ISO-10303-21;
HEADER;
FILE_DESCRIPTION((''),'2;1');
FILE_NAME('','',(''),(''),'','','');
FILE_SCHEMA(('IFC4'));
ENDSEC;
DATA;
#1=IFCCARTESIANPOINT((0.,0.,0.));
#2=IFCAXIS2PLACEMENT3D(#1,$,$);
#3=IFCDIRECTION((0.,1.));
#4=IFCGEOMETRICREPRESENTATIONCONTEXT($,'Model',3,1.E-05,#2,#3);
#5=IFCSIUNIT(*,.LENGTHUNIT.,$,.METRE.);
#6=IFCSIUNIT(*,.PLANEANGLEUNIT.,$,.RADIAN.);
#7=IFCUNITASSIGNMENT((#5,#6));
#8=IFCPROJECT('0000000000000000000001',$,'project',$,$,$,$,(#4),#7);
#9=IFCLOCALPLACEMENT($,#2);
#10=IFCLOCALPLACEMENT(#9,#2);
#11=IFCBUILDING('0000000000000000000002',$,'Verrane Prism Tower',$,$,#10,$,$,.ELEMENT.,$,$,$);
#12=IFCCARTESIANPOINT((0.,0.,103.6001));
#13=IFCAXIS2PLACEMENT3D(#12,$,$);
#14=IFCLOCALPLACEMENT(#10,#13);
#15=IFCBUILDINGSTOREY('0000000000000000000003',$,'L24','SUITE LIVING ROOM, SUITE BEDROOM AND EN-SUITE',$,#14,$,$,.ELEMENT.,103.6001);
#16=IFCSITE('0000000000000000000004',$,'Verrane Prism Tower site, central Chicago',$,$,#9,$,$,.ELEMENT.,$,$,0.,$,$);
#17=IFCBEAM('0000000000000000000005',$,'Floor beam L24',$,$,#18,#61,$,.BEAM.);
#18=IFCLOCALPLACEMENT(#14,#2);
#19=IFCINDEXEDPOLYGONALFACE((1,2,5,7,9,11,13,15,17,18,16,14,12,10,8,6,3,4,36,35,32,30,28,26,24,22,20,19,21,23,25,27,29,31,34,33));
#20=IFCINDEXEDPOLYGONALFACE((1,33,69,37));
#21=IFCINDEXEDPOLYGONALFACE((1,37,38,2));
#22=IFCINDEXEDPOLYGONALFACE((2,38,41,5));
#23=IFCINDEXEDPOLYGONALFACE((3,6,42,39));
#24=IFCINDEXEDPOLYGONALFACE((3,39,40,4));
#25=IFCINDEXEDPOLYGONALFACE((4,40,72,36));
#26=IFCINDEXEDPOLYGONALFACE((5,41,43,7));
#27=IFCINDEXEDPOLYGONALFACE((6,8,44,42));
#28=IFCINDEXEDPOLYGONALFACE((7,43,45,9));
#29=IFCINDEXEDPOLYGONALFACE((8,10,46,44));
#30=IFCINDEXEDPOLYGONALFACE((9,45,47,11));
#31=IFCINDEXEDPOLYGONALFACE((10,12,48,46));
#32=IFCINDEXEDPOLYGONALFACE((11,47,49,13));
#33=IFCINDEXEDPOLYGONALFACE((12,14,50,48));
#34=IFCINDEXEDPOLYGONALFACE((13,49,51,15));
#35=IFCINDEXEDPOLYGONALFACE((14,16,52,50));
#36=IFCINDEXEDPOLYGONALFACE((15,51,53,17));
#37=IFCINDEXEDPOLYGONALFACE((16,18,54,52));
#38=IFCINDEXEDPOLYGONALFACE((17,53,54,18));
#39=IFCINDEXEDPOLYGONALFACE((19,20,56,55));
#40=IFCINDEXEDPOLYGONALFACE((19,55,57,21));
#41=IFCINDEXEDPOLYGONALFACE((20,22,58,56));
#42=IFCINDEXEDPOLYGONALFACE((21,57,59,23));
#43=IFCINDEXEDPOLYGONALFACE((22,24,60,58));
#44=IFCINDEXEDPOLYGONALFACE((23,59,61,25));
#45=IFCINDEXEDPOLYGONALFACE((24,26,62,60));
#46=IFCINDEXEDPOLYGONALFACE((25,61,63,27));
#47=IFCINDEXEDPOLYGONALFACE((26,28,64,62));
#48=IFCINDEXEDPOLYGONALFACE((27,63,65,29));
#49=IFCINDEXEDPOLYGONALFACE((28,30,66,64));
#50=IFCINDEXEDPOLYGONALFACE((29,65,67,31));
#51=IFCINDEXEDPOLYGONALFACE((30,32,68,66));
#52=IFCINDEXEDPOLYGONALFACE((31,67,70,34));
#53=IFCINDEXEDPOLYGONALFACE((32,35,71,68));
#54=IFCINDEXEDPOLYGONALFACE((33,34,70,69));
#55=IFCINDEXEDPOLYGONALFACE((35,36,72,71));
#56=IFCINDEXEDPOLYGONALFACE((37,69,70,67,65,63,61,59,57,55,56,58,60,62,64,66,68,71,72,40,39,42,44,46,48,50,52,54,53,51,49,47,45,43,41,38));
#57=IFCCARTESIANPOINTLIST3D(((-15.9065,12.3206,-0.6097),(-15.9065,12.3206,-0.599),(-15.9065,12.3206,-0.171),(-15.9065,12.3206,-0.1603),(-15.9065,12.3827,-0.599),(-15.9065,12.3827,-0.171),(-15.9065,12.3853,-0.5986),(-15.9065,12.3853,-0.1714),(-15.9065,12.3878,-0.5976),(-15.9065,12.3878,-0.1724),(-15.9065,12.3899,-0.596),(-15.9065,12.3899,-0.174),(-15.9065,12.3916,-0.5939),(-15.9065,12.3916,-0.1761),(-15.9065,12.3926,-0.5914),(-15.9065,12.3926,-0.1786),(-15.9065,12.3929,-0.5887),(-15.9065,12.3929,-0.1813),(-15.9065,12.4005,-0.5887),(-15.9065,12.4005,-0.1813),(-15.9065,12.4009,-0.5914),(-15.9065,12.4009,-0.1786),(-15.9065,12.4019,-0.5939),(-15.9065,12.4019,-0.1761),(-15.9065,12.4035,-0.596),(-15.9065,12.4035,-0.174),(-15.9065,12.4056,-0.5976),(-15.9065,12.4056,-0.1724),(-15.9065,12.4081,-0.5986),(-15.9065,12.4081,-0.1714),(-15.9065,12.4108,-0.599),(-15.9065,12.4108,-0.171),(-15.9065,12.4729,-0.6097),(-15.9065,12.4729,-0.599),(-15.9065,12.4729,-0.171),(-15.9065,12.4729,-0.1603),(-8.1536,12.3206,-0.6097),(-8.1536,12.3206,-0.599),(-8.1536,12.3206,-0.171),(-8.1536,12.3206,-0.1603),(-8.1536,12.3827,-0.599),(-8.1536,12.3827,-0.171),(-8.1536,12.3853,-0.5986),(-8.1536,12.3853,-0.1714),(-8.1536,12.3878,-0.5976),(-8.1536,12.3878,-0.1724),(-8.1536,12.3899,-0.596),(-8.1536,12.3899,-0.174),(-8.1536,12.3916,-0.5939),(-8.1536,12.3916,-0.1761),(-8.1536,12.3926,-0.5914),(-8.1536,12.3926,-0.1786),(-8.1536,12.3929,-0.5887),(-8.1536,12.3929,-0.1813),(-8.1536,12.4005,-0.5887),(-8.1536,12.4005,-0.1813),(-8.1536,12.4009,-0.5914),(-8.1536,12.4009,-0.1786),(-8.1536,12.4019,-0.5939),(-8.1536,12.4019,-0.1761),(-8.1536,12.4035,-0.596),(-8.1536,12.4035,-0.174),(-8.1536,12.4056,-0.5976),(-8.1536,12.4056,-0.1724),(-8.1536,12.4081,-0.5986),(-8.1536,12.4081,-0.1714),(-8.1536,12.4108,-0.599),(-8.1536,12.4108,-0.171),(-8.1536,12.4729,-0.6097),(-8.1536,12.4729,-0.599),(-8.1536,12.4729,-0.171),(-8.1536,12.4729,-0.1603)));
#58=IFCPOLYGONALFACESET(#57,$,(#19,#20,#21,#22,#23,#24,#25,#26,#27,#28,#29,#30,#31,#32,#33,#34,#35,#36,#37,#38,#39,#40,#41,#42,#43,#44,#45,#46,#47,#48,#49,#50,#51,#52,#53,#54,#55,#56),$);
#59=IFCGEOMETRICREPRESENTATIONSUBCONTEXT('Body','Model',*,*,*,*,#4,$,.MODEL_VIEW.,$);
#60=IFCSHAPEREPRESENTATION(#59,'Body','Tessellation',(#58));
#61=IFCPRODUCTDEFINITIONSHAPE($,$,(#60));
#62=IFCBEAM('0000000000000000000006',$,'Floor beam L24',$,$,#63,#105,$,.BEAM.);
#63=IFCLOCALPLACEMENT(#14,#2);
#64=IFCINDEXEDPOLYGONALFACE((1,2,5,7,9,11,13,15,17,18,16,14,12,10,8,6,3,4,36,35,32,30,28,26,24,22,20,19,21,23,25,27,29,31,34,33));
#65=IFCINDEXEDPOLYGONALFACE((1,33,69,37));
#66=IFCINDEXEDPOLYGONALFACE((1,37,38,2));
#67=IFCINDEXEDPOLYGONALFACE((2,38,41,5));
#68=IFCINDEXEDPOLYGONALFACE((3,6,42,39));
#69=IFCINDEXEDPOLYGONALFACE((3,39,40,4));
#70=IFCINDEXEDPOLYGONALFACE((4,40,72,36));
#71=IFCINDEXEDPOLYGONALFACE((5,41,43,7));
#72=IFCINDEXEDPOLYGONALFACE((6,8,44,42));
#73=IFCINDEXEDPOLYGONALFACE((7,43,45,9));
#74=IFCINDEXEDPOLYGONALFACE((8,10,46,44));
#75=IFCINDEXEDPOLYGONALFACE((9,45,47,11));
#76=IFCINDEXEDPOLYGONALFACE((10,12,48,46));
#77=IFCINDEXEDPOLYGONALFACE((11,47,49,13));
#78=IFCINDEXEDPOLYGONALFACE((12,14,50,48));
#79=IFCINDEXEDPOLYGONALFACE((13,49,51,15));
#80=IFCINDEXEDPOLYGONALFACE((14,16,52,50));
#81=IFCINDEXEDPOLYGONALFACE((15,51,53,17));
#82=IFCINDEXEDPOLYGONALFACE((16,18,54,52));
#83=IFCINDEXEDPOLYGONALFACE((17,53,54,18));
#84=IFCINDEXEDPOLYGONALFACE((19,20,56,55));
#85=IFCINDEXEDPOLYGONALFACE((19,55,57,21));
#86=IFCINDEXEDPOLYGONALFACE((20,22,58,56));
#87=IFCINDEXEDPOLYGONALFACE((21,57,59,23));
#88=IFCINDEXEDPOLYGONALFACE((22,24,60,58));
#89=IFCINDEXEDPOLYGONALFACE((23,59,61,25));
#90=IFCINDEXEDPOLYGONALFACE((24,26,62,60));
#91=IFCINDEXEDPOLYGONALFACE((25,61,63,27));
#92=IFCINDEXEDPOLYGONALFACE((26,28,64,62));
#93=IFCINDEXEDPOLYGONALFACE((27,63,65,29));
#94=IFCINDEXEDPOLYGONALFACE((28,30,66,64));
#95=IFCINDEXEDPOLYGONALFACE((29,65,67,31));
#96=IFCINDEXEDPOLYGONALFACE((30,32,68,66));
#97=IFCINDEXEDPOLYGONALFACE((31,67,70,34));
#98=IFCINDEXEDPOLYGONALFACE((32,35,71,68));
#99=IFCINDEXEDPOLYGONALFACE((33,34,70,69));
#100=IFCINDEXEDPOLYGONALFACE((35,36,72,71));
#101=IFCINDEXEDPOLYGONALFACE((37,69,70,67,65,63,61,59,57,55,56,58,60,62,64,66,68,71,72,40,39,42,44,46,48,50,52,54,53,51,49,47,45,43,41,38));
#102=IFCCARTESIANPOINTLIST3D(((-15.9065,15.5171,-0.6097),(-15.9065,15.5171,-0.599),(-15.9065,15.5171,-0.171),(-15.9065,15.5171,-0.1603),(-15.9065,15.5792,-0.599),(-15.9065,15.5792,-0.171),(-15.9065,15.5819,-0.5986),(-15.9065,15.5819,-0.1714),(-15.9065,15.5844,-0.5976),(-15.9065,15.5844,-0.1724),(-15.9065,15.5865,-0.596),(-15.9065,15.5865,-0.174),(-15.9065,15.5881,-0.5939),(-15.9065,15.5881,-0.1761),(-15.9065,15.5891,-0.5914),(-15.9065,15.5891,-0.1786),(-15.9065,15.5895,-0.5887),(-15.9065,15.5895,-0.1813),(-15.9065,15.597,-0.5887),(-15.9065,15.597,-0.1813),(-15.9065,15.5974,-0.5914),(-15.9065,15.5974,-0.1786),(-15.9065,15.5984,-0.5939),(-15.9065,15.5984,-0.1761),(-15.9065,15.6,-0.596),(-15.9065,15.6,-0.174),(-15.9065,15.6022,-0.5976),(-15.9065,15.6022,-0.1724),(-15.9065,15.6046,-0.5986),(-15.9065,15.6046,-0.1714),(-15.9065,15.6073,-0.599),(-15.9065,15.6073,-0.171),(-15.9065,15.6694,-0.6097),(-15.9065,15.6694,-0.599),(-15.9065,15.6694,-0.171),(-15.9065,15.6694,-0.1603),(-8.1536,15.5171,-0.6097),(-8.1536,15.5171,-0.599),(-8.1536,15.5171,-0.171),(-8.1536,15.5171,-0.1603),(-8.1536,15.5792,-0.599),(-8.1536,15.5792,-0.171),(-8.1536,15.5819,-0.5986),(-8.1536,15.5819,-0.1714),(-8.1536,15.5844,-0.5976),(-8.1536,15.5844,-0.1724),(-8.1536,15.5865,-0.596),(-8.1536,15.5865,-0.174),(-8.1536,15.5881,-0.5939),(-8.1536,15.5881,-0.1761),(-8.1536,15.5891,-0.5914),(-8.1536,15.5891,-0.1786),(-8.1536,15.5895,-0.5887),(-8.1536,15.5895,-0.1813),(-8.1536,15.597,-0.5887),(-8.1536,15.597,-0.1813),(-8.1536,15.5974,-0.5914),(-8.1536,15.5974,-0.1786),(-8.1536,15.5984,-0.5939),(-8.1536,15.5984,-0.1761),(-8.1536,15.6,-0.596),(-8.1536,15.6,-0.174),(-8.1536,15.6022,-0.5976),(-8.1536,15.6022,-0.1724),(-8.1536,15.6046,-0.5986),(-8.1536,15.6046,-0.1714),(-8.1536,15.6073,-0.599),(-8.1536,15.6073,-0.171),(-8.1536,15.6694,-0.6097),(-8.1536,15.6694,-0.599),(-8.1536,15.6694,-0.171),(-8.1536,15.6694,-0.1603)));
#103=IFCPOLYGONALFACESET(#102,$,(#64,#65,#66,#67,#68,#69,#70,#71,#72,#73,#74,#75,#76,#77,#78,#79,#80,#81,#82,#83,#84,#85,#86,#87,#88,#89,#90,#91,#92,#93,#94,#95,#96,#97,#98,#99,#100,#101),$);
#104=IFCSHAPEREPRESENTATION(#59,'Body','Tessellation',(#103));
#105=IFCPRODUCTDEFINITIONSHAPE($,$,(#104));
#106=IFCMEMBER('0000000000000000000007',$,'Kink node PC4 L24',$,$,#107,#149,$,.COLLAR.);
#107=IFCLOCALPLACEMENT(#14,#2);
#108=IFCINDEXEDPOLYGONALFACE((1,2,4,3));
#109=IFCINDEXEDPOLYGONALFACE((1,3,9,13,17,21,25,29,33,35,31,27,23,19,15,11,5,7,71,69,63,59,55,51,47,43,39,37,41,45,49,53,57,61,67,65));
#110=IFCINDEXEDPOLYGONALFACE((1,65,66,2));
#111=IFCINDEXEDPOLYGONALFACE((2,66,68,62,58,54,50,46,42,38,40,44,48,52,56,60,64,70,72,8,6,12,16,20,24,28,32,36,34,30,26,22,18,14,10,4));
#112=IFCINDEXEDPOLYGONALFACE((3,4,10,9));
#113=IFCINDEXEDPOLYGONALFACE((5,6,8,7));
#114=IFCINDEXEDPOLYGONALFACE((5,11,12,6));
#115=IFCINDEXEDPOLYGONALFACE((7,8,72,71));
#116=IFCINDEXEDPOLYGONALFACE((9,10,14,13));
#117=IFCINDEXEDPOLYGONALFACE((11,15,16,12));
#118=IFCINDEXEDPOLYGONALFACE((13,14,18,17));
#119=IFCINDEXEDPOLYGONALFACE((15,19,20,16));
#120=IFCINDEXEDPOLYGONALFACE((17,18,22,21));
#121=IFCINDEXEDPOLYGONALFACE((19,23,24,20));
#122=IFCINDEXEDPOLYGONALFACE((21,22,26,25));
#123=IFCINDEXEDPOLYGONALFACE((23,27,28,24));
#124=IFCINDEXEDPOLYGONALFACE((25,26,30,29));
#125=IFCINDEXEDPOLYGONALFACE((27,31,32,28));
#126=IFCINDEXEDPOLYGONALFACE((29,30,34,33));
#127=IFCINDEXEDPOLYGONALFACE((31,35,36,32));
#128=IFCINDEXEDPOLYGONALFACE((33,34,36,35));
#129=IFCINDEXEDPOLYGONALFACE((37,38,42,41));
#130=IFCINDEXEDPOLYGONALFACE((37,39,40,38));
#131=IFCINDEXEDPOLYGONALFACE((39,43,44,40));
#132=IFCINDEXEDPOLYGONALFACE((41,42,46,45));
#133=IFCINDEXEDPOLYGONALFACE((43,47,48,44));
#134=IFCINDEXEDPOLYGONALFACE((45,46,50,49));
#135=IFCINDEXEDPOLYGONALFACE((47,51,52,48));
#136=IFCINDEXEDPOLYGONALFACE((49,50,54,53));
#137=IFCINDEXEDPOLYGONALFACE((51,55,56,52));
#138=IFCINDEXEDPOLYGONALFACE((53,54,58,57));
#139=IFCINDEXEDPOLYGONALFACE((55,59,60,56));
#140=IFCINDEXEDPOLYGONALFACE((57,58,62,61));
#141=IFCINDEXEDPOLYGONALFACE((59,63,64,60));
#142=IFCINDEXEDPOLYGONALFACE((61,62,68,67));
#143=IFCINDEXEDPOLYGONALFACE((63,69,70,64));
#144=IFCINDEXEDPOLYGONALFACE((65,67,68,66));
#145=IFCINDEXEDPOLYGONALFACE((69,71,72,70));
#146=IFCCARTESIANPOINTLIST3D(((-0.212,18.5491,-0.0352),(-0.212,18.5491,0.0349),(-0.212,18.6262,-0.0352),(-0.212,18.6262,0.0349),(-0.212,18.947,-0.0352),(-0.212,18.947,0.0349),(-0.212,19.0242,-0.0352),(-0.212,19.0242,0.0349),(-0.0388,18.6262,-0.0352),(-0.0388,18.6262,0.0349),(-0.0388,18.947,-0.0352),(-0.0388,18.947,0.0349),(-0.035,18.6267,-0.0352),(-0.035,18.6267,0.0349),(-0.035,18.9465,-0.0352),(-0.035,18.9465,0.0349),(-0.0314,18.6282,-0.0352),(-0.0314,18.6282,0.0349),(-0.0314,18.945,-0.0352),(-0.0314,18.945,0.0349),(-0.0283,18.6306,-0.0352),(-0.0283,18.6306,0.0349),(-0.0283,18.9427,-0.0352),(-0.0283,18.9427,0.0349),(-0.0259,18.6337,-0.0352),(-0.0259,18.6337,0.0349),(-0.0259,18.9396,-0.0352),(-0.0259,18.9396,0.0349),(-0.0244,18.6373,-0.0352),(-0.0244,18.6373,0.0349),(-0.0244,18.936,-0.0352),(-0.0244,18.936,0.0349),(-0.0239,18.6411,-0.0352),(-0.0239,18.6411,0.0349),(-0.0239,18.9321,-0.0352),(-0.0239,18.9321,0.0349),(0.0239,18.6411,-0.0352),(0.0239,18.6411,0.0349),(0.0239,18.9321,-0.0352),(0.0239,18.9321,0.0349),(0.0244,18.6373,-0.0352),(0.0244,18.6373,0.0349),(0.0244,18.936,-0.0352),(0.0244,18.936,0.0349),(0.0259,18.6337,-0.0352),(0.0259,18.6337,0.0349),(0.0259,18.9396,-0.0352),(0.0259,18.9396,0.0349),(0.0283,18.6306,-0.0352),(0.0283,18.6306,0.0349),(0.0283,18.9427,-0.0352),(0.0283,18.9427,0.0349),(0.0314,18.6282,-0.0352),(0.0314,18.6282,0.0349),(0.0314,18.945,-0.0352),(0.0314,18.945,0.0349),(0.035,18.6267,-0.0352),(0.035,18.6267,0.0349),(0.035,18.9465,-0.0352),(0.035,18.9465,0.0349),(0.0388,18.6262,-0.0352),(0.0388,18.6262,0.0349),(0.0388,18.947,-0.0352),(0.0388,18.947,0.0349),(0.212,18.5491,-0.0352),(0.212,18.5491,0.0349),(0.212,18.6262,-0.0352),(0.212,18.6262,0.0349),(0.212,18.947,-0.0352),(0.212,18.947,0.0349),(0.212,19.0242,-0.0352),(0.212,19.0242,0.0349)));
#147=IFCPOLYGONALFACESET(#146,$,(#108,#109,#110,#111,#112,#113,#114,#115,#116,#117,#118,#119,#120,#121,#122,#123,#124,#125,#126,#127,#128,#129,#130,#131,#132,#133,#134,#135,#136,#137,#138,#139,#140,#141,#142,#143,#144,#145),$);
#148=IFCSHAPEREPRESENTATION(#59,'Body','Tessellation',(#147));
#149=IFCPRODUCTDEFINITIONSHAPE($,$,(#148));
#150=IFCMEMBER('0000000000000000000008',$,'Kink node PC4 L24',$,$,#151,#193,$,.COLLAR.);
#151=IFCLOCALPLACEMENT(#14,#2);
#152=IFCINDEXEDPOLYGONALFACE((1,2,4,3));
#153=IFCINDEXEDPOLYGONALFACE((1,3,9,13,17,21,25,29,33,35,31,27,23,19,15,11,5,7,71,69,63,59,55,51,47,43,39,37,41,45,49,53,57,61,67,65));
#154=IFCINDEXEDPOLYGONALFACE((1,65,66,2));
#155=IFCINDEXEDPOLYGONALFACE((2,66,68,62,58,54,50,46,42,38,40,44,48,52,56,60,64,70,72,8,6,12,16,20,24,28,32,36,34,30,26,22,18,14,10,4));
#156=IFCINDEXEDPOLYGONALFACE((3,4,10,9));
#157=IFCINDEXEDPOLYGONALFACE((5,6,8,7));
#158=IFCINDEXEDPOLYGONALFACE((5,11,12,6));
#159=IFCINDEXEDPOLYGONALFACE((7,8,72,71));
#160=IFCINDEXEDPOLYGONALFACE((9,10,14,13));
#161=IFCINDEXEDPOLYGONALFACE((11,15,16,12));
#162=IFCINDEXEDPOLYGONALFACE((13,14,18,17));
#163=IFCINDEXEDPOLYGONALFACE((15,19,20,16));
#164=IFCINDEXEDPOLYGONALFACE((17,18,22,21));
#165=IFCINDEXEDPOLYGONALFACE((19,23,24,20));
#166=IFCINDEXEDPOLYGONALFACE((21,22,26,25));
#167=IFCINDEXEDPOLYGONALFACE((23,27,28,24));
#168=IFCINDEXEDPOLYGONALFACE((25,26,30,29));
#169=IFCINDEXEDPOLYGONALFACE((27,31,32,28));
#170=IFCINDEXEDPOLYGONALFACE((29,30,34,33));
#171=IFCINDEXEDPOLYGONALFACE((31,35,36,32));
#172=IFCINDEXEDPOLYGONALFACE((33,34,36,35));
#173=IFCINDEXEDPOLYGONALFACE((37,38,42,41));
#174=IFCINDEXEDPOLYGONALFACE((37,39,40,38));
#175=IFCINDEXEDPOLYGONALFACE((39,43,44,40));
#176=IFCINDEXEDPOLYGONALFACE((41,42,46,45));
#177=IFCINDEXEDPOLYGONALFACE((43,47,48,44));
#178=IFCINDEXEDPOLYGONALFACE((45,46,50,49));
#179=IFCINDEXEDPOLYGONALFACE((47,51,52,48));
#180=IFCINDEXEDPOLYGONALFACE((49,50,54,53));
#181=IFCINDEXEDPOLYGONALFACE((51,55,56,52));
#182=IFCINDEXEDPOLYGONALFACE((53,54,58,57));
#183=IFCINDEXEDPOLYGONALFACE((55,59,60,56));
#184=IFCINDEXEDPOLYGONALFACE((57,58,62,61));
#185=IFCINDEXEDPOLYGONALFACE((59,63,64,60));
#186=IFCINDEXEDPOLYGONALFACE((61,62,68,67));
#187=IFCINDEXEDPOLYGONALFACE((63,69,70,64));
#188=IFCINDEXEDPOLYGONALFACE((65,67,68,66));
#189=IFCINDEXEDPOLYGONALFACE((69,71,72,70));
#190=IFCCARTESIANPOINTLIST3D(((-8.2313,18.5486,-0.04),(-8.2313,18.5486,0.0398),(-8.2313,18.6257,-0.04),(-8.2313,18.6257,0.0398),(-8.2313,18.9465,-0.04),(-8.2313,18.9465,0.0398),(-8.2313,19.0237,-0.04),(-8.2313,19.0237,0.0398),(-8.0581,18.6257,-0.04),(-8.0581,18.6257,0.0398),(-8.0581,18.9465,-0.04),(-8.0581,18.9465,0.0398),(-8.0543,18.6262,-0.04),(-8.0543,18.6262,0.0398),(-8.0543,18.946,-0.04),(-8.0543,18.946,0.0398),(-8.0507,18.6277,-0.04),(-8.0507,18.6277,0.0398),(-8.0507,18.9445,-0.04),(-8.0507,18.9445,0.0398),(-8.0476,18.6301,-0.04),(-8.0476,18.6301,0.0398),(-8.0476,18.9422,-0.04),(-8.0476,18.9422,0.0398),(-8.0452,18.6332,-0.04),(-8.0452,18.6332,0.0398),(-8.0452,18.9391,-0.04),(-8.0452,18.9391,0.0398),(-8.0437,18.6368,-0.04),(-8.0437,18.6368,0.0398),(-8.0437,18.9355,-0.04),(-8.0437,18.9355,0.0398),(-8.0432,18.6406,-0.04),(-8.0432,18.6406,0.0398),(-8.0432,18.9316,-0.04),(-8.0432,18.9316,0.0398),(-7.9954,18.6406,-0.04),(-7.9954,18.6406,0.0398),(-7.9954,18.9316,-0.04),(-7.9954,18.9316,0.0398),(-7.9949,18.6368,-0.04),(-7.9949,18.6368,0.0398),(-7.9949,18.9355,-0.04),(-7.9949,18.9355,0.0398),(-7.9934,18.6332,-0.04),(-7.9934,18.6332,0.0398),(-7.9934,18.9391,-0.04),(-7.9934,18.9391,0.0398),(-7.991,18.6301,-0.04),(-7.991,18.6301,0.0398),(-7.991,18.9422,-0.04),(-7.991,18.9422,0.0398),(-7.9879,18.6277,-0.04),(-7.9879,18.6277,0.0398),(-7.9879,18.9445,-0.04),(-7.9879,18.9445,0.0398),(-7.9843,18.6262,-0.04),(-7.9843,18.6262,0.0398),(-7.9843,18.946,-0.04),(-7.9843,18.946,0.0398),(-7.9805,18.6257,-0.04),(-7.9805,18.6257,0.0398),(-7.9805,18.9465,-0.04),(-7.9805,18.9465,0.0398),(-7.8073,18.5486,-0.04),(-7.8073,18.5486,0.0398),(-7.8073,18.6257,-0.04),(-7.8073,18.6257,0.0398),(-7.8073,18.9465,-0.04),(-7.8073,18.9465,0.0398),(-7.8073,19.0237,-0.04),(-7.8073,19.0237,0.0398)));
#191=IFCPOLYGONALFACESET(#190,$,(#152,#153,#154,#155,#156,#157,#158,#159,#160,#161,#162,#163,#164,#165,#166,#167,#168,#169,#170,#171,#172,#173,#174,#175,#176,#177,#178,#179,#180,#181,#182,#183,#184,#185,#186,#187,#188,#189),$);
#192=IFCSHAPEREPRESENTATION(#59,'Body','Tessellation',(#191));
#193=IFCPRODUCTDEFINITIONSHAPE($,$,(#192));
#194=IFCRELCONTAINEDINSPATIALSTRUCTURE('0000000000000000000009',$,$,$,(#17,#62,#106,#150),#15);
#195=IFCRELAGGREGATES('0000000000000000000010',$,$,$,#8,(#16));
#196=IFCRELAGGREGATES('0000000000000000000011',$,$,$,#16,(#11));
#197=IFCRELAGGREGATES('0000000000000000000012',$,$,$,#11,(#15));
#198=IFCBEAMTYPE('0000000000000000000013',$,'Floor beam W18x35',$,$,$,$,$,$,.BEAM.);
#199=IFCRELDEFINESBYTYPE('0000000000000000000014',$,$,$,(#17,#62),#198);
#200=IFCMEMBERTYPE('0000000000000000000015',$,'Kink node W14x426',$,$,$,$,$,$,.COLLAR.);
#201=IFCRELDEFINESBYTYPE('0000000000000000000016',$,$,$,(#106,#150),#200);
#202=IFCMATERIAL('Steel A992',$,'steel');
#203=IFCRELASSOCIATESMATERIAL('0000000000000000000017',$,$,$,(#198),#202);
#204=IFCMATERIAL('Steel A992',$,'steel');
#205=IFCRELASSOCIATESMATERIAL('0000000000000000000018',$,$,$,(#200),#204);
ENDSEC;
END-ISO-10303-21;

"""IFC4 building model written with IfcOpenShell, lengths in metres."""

from ifc_helpers import new_model, si_unit, direction, frame, origin, origin_2d, place, context, subcontext, project, spatial, i_section, extrude, material, material_profile, profile_set, type_object, element, save


model = new_model("IFC4")

# Units and contexts
model_context = context("Model", 3, precision=1e-05, world=origin(), true_north=direction((0.0, 1.0)))
body_context = subcontext(model_context, "Body", "Model", "MODEL_VIEW")
ifc_project = project(units=[si_unit("LENGTHUNIT", "METRE"), si_unit("PLANEANGLEUNIT", "RADIAN")], contexts=[model_context])

# Site, building, storey
site_placement = place(None, origin())
site = spatial("IfcSite", under=ifc_project, at=site_placement, Name="Verrane Prism Tower site, central Chicago", CompositionType="ELEMENT", RefElevation=0.0)
building_placement = place(site_placement, origin())
building = spatial("IfcBuilding", under=site, at=building_placement, Name="Verrane Prism Tower", CompositionType="ELEMENT")
storey_placement = place(building_placement, frame((0.0, 0.0, 103.6001)))
storey = spatial("IfcBuildingStorey", under=building, at=storey_placement, Name="L24", Description="SUITE LIVING ROOM, SUITE BEDROOM AND EN-SUITE", CompositionType="ELEMENT", Elevation=103.6001)

# Beams
ifc_material_1 = material(Name="Steel A992", Category="steel")
ifc_material_profile_1 = material_profile(ifc_material_1, i_section(OverallWidth=0.1523, OverallDepth=0.4495, WebThickness=0.0076, FlangeThickness=0.0107, FilletRadius=0.0103, at=origin_2d()), Name="W18x35")
ifc_profile_set_1 = profile_set([ifc_material_profile_1], Name="Steel A992")
beam_type_1 = type_object("IfcBeamType", Name="Floor beam W18x35", PredefinedType="BEAM", material=ifc_profile_set_1)
for number, where, z_axis, x_axis, name in (
    (1, (-15.9065, 12.3967, -0.385), (1.0, 0.0, 0.0), (0.0, 1.0, 0.0), "Floor beam L24"),
    (2, (-15.9065, 15.5933, -0.385), (1.0, 0.0, 0.0), (0.0, 1.0, 0.0), "Floor beam L24"),
):
    element("IfcBeam", number, at=place(storey_placement, frame(where, z_axis=z_axis, x_axis=x_axis)), inside=storey, type_object=beam_type_1, Name=name, PredefinedType="BEAM", context=body_context, shape_type="SweptSolid", body=[
        extrude(i_section(OverallWidth=0.1523, OverallDepth=0.4495, WebThickness=0.0076, FlangeThickness=0.0107, FilletRadius=0.0103, at=origin_2d()), origin(), (0.0, 0.0, 1.0), 7.7529),
    ])

# Members
ifc_material_2 = material(Name="Steel A992", Category="steel")
ifc_material_profile_2 = material_profile(ifc_material_2, i_section(OverallWidth=0.4241, OverallDepth=0.4751, WebThickness=0.0479, FlangeThickness=0.0771, FilletRadius=0.0149, at=origin_2d()), Name="W14x426")
ifc_profile_set_2 = profile_set([ifc_material_profile_2], Name="Steel A992")
member_type_1 = type_object("IfcMemberType", Name="Kink node W14x426", PredefinedType="COLLAR", material=ifc_profile_set_2)
member_1_placement = place(storey_placement, frame((0.0, 18.7866, -0.0352), z_axis=(0.0, 0.0, 1.0), x_axis=(1.0, 0.0, 0.0)))
element("IfcMember", 3, at=member_1_placement, inside=storey, type_object=member_type_1, Name="Kink node PC4 L24", PredefinedType="COLLAR", context=body_context, shape_type="SweptSolid", body=[
    extrude(i_section(OverallWidth=0.4241, OverallDepth=0.4751, WebThickness=0.0479, FlangeThickness=0.0771, FilletRadius=0.0149, at=origin_2d()), origin(), (0.0, 0.0, 1.0), 0.0701),
])
member_2_placement = place(storey_placement, frame((-8.0193, 18.7861, -0.04), z_axis=(0.0, 0.0, 1.0), x_axis=(1.0, 0.0, 0.0)))
element("IfcMember", 4, at=member_2_placement, inside=storey, type_object=member_type_1, Name="Kink node PC4 L24", PredefinedType="COLLAR", context=body_context, shape_type="SweptSolid", body=[
    extrude(i_section(OverallWidth=0.4241, OverallDepth=0.4751, WebThickness=0.0479, FlangeThickness=0.0771, FilletRadius=0.0149, at=origin_2d()), origin(), (0.0, 0.0, 1.0), 0.0798),
])

save(model, "model.ifc")
